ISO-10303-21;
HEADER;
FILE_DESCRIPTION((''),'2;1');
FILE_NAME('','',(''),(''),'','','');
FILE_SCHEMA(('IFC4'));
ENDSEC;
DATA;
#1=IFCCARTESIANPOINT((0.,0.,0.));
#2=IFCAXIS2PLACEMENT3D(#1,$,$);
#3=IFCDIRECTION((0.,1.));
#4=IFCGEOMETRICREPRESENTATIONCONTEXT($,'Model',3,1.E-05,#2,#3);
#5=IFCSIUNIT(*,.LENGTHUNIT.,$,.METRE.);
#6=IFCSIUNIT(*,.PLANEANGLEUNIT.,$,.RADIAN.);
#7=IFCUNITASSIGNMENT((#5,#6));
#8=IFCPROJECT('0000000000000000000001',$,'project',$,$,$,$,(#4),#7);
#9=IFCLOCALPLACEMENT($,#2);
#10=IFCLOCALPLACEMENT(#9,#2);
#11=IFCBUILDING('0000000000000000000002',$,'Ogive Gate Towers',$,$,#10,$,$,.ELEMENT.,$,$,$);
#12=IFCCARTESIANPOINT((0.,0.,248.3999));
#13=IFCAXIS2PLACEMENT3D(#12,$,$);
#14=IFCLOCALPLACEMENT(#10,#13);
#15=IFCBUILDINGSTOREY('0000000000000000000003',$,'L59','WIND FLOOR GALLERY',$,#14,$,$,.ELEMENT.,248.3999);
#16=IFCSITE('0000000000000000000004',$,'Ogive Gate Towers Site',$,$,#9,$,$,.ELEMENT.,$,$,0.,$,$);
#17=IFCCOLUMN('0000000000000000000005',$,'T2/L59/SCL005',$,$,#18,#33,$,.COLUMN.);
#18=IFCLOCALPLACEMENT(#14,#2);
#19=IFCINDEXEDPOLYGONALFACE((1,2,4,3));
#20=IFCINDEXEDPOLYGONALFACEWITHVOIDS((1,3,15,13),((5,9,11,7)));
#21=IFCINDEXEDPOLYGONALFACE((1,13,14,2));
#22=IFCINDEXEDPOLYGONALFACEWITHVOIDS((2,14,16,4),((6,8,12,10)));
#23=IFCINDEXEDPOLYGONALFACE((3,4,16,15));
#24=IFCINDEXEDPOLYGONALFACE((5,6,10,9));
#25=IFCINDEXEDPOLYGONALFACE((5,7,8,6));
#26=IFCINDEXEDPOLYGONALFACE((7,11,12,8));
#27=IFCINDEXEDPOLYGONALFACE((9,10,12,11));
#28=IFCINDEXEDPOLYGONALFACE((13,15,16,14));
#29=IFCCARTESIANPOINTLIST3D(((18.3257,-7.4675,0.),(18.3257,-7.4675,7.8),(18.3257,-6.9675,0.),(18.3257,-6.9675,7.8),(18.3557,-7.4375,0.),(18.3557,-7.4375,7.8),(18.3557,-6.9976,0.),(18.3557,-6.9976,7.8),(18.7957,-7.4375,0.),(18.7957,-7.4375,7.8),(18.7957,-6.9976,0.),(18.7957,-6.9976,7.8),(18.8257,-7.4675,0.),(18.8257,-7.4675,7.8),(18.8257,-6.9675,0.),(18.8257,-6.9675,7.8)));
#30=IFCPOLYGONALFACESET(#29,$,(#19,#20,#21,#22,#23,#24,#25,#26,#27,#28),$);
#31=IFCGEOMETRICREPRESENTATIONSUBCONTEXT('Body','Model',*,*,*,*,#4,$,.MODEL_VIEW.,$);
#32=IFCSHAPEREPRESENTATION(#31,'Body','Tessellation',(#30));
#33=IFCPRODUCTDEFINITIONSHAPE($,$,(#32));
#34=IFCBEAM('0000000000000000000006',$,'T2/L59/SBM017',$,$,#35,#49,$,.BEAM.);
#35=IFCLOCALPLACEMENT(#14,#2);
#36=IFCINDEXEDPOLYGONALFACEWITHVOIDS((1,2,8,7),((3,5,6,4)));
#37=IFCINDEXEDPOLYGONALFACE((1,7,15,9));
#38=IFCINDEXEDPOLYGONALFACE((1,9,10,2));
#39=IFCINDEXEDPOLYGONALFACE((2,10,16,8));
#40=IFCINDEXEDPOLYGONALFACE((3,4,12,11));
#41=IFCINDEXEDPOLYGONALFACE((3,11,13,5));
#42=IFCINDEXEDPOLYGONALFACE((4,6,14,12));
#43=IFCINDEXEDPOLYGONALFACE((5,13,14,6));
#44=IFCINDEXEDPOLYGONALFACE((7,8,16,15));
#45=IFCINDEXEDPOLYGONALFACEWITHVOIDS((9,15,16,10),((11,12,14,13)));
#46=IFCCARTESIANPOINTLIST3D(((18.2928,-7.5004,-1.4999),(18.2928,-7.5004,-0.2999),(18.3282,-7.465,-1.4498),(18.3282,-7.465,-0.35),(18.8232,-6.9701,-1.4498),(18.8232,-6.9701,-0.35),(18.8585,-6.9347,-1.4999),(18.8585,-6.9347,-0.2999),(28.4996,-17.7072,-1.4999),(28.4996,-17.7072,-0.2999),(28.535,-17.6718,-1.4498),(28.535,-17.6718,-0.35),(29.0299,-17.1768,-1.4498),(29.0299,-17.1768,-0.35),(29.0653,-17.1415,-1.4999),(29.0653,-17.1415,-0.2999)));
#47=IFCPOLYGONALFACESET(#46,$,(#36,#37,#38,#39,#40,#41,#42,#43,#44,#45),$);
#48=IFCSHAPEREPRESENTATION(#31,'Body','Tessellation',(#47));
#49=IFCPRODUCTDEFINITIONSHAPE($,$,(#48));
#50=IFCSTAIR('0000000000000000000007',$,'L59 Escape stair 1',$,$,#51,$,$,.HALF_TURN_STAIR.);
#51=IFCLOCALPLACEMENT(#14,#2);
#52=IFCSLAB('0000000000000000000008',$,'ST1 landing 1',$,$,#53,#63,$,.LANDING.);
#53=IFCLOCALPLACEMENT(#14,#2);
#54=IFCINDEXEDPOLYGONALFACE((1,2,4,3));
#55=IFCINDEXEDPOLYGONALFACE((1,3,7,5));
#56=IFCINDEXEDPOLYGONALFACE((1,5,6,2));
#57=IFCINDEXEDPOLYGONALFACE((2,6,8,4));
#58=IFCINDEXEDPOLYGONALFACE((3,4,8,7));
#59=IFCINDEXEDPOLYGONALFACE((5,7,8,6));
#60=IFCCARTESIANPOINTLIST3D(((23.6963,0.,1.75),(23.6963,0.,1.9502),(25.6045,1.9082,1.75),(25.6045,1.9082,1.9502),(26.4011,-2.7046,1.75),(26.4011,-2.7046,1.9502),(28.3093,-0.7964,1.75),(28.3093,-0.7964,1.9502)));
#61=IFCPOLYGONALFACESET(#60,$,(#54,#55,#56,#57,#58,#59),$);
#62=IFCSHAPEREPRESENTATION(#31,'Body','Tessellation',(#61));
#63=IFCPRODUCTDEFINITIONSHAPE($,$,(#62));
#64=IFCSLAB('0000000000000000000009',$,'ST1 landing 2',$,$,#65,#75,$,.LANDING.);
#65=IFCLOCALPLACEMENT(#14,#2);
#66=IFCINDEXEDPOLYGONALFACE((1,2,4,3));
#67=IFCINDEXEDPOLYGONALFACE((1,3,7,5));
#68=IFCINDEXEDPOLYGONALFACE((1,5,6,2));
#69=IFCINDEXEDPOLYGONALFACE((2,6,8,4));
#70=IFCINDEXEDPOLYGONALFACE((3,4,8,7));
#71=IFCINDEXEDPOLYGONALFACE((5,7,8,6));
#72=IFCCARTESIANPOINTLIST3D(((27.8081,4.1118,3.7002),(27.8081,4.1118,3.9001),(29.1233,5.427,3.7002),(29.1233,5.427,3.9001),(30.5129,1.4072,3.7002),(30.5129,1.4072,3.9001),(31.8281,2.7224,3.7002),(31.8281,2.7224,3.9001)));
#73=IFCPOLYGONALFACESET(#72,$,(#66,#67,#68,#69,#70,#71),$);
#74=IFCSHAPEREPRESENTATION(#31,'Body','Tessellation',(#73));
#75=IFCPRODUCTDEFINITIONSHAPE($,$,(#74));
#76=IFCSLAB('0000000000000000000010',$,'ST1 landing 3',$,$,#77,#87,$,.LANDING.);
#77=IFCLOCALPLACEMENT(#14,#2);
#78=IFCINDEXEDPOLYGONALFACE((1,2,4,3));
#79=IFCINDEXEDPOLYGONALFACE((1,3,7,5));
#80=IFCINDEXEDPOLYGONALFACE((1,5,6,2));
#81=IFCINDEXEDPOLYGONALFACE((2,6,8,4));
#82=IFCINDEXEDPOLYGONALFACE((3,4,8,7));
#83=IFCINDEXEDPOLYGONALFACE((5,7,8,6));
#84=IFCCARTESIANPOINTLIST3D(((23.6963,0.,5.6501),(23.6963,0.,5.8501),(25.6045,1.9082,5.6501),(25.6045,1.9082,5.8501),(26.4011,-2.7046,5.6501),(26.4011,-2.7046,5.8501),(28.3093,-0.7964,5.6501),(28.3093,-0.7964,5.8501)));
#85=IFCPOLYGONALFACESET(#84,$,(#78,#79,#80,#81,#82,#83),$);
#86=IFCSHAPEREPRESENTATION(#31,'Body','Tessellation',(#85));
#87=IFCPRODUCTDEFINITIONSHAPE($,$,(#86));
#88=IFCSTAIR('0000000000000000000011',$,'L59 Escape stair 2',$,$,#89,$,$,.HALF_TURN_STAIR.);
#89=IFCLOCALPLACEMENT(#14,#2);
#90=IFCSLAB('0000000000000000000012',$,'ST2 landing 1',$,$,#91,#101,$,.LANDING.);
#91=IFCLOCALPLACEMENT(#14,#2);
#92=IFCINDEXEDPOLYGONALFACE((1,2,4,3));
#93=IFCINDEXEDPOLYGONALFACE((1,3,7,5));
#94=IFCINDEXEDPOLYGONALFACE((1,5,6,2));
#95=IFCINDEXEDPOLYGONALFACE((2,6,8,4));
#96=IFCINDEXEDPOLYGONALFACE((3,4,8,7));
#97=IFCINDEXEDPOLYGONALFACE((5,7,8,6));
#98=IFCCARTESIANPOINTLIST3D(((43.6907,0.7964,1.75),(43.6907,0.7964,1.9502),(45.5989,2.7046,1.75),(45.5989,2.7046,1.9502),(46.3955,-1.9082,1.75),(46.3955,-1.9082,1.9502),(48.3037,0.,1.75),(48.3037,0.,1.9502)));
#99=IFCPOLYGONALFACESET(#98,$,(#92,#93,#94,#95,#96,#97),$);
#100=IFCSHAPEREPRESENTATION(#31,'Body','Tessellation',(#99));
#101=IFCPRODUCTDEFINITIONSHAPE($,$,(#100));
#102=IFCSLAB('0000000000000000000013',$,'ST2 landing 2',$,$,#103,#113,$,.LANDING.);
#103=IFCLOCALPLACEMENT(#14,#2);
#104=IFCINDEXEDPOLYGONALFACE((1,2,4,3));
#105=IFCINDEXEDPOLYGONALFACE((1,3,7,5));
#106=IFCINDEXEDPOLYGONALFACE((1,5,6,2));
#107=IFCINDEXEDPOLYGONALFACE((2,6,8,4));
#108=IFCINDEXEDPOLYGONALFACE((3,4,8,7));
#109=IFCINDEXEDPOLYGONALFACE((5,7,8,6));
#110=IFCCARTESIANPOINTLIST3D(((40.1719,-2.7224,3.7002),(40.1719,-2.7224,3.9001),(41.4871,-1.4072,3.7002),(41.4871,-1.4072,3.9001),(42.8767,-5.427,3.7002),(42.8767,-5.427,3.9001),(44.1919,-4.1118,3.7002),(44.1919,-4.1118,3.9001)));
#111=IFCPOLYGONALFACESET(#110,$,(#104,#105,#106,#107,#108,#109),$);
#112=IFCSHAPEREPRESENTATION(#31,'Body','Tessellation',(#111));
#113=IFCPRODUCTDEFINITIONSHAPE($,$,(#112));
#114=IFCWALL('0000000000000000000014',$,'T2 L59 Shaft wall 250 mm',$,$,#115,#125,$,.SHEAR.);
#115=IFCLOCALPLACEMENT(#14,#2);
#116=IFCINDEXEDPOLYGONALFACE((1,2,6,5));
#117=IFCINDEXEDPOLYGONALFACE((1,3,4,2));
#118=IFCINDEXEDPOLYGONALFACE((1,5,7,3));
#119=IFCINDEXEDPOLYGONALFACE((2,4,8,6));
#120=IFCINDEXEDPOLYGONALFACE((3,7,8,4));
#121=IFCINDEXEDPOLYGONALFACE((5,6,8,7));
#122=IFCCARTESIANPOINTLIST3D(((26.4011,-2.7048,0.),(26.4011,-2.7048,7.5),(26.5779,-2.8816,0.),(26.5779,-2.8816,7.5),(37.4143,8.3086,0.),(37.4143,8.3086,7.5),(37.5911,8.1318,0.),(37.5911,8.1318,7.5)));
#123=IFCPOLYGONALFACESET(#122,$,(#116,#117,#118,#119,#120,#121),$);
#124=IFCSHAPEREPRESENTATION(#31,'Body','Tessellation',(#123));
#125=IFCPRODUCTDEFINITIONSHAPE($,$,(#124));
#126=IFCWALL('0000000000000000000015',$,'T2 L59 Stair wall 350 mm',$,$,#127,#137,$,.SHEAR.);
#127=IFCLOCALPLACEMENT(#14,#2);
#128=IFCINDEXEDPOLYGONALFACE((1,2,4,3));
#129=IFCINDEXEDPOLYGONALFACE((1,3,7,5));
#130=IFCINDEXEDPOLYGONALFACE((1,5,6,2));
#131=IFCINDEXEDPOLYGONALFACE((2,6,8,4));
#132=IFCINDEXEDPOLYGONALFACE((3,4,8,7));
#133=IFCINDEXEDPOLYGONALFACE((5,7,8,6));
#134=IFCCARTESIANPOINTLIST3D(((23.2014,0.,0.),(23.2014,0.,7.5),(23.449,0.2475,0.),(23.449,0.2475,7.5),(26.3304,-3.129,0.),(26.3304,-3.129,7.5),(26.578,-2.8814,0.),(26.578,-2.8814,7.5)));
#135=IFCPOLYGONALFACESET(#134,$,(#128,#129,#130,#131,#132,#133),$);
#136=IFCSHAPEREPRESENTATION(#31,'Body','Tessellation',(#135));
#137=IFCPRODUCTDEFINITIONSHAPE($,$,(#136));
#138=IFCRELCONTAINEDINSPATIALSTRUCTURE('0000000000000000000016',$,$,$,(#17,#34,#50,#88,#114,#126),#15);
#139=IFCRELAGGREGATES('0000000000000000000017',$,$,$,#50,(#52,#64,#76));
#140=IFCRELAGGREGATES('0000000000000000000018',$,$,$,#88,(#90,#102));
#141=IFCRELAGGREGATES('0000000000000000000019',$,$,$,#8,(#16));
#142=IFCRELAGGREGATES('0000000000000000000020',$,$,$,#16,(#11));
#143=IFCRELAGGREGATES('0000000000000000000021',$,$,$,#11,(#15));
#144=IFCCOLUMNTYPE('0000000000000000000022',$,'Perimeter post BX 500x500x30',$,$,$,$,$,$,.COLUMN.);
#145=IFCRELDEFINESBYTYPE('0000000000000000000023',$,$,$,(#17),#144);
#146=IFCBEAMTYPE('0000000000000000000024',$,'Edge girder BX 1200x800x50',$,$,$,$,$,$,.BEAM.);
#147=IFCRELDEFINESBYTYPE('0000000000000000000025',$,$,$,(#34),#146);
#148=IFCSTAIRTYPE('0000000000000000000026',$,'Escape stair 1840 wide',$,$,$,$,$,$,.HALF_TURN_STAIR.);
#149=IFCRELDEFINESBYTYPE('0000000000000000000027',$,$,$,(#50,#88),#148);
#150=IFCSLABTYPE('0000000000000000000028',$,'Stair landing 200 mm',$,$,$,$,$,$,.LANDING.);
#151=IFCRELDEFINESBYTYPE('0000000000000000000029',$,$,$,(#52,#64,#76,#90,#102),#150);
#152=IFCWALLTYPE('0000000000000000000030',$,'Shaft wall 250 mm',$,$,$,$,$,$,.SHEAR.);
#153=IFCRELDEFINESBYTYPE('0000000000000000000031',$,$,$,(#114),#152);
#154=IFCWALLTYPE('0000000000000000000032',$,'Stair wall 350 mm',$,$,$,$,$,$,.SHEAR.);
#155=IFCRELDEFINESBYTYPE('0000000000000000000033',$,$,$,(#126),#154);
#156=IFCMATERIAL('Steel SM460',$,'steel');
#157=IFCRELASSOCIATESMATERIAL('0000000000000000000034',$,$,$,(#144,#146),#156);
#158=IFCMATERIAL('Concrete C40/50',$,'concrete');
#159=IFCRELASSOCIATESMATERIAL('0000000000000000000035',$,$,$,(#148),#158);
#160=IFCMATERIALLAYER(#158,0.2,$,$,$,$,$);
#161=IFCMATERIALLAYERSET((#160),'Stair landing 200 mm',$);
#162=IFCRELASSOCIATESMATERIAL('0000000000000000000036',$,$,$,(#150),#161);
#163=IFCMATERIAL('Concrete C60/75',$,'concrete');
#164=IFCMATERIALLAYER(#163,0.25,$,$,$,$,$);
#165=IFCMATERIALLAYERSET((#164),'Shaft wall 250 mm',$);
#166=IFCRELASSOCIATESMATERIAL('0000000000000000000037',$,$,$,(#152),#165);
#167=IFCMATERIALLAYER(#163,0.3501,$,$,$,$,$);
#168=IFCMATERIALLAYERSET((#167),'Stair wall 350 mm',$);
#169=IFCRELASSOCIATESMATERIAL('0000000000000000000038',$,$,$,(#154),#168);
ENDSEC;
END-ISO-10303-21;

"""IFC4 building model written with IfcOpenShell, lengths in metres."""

from ifc_helpers import new_model, si_unit, direction, frame, frame_2d, origin, origin_2d, place, context, subcontext, project, spatial, polyline, rectangle, hollow_rectangle, outline, extrude, material, layer, layer_set, material_profile, profile_set, type_object, element, aggregate, save


model = new_model("IFC4")

# Units and contexts
model_context = context("Model", 3, precision=1e-05, world=origin(), true_north=direction((0.0, 1.0)))
body_context = subcontext(model_context, "Body", "Model", "MODEL_VIEW")
ifc_project = project(units=[si_unit("LENGTHUNIT", "METRE"), si_unit("PLANEANGLEUNIT", "RADIAN")], contexts=[model_context])

# Site, building, storey
site_placement = place(None, origin())
site = spatial("IfcSite", under=ifc_project, at=site_placement, Name="Ogive Gate Towers Site", CompositionType="ELEMENT", RefElevation=0.0)
building_placement = place(site_placement, origin())
building = spatial("IfcBuilding", under=site, at=building_placement, Name="Ogive Gate Towers", CompositionType="ELEMENT")
storey_placement = place(building_placement, frame((0.0, 0.0, 248.3999)))
storey = spatial("IfcBuildingStorey", under=building, at=storey_placement, Name="L59", Description="WIND FLOOR GALLERY", CompositionType="ELEMENT", Elevation=248.3999)

# Column
ifc_material_1 = material(Name="Steel SM460", Category="steel")
ifc_material_profile_1 = material_profile(ifc_material_1, hollow_rectangle(XDim=0.5, YDim=0.5, WallThickness=0.03, at=origin_2d()), Name="BX 500x500x30")
ifc_profile_set_1 = profile_set([ifc_material_profile_1], Name="Steel SM460")
column_type = type_object("IfcColumnType", Name="Perimeter post BX 500x500x30", PredefinedType="COLUMN", material=ifc_profile_set_1)
column_placement = place(storey_placement, frame((18.5757, -7.2175, 0.0), z_axis=(0.0, 0.0, 1.0), x_axis=(1.0, 0.0, 0.0)))
element("IfcColumn", 1, at=column_placement, inside=storey, type_object=column_type, Name="T2/L59/SCL005", PredefinedType="COLUMN", context=body_context, shape_type="SweptSolid", body=[
    extrude(hollow_rectangle(XDim=0.5, YDim=0.5, WallThickness=0.03, at=origin_2d()), origin(), (0.0, 0.0, 1.0), 7.8),
])

# Beam
ifc_material_profile_2 = material_profile(ifc_material_1, hollow_rectangle(XDim=0.8, YDim=1.2, WallThickness=0.05, at=origin_2d()), Name="BX 1200x800x50")
ifc_profile_set_2 = profile_set([ifc_material_profile_2], Name="Steel SM460")
beam_type = type_object("IfcBeamType", Name="Edge girder BX 1200x800x50", PredefinedType="BEAM", material=ifc_profile_set_2)
beam_placement = place(storey_placement, frame((18.5757, -7.2175, -0.8999), z_axis=(0.707107, -0.707107, 0.0), x_axis=(0.707107, 0.707107, 0.0)))
element("IfcBeam", 2, at=beam_placement, inside=storey, type_object=beam_type, Name="T2/L59/SBM017", PredefinedType="BEAM", context=body_context, shape_type="SweptSolid", body=[
    extrude(hollow_rectangle(XDim=0.8, YDim=1.2, WallThickness=0.05, at=origin_2d()), origin(), (0.0, 0.0, 1.0), 14.4346),
])

# Stairs, slabs
ifc_material_2 = material(Name="Concrete C40/50", Category="concrete")
stair_type = type_object("IfcStairType", Name="Escape stair 1840 wide", PredefinedType="HALF_TURN_STAIR", material=ifc_material_2)
stair_1_placement = place(storey_placement, origin())
stair_1 = element("IfcStair", 3, at=stair_1_placement, inside=storey, type_object=stair_type, Name="L59 Escape stair 1", PredefinedType="HALF_TURN_STAIR")
ifc_layer_1 = layer(ifc_material_2, 0.2)
ifc_layer_set_1 = layer_set([ifc_layer_1], Name="Stair landing 200 mm")
slab_type = type_object("IfcSlabType", Name="Stair landing 200 mm", PredefinedType="LANDING", material=ifc_layer_set_1)
slab_1_placement = place(storey_placement, frame((0.0, 0.0, 1.75)))
slab_1 = element("IfcSlab", 4, at=slab_1_placement, type_object=slab_type, Name="ST1 landing 1", PredefinedType="LANDING", context=body_context, shape_type="SweptSolid", body=[
    extrude(outline(polyline([(25.6045, 1.9082), (23.6963, 0.0), (26.4011, -2.7046), (28.3093, -0.7964), (25.6045, 1.9082)])), origin(), (0.0, 0.0, 1.0), 0.2002),
])
slab_2_placement = place(storey_placement, frame((0.0, 0.0, 3.7002)))
slab_2 = element("IfcSlab", 5, at=slab_2_placement, type_object=slab_type, Name="ST1 landing 2", PredefinedType="LANDING", context=body_context, shape_type="SweptSolid", body=[
    extrude(outline(polyline([(29.1233, 5.427), (27.8081, 4.1118), (30.5129, 1.4072), (31.8281, 2.7224), (29.1233, 5.427)])), origin(), (0.0, 0.0, 1.0), 0.2),
])
slab_3_placement = place(storey_placement, frame((0.0, 0.0, 5.6501)))
slab_3 = element("IfcSlab", 6, at=slab_3_placement, type_object=slab_type, Name="ST1 landing 3", PredefinedType="LANDING", context=body_context, shape_type="SweptSolid", body=[
    extrude(outline(polyline([(25.6045, 1.9082), (23.6963, 0.0), (26.4011, -2.7046), (28.3093, -0.7964), (25.6045, 1.9082)])), origin(), (0.0, 0.0, 1.0), 0.2),
])
aggregate(stair_1, [slab_1, slab_2, slab_3])
stair_2_placement = place(storey_placement, origin())
stair_2 = element("IfcStair", 7, at=stair_2_placement, inside=storey, type_object=stair_type, Name="L59 Escape stair 2", PredefinedType="HALF_TURN_STAIR")
slab_4_placement = place(storey_placement, frame((0.0, 0.0, 1.75)))
slab_4 = element("IfcSlab", 8, at=slab_4_placement, type_object=slab_type, Name="ST2 landing 1", PredefinedType="LANDING", context=body_context, shape_type="SweptSolid", body=[
    extrude(outline(polyline([(46.3955, -1.9082), (48.3037, 0.0), (45.5989, 2.7046), (43.6907, 0.7964), (46.3955, -1.9082)])), origin(), (0.0, 0.0, 1.0), 0.2002),
])
slab_5_placement = place(storey_placement, frame((0.0, 0.0, 3.7002)))
slab_5 = element("IfcSlab", 9, at=slab_5_placement, type_object=slab_type, Name="ST2 landing 2", PredefinedType="LANDING", context=body_context, shape_type="SweptSolid", body=[
    extrude(outline(polyline([(42.8767, -5.427), (44.1919, -4.1118), (41.4871, -1.4072), (40.1719, -2.7224), (42.8767, -5.427)])), origin(), (0.0, 0.0, 1.0), 0.2),
])
aggregate(stair_2, [slab_4, slab_5])

# Walls
ifc_material_3 = material(Name="Concrete C60/75", Category="concrete")
ifc_layer_2 = layer(ifc_material_3, 0.25)
ifc_layer_set_2 = layer_set([ifc_layer_2], Name="Shaft wall 250 mm")
wall_type_1 = type_object("IfcWallType", Name="Shaft wall 250 mm", PredefinedType="SHEAR", material=ifc_layer_set_2)
wall_1_placement = place(storey_placement, frame((26.4895, -2.7932, 0.0), z_axis=(0.0, 0.0, 1.0), x_axis=(0.707099, 0.707115, 0.0)))
element("IfcWall", 10, at=wall_1_placement, inside=storey, type_object=wall_type_1, Name="T2 L59 Shaft wall 250 mm", PredefinedType="SHEAR", context=body_context, shape_type="SweptSolid", body=[
    extrude(rectangle(XDim=15.5752, YDim=0.25, at=frame_2d((7.7876, 0.0))), origin(), (0.0, 0.0, 1.0), 7.5),
])
ifc_layer_3 = layer(ifc_material_3, 0.3501)
ifc_layer_set_3 = layer_set([ifc_layer_3], Name="Stair wall 350 mm")
wall_type_2 = type_object("IfcWallType", Name="Stair wall 350 mm", PredefinedType="SHEAR", material=ifc_layer_set_3)
wall_2_placement = place(storey_placement, frame((26.4541, -3.0051, 0.0), z_axis=(0.0, 0.0, 1.0), x_axis=(-0.707107, 0.707107, 0.0)))
element("IfcWall", 11, at=wall_2_placement, inside=storey, type_object=wall_type_2, Name="T2 L59 Stair wall 350 mm", PredefinedType="SHEAR", context=body_context, shape_type="SweptSolid", body=[
    extrude(rectangle(XDim=4.425, YDim=0.3501, at=frame_2d((2.2124, 0.0))), origin(), (0.0, 0.0, 1.0), 7.5),
])

save(model, "model.ifc")
